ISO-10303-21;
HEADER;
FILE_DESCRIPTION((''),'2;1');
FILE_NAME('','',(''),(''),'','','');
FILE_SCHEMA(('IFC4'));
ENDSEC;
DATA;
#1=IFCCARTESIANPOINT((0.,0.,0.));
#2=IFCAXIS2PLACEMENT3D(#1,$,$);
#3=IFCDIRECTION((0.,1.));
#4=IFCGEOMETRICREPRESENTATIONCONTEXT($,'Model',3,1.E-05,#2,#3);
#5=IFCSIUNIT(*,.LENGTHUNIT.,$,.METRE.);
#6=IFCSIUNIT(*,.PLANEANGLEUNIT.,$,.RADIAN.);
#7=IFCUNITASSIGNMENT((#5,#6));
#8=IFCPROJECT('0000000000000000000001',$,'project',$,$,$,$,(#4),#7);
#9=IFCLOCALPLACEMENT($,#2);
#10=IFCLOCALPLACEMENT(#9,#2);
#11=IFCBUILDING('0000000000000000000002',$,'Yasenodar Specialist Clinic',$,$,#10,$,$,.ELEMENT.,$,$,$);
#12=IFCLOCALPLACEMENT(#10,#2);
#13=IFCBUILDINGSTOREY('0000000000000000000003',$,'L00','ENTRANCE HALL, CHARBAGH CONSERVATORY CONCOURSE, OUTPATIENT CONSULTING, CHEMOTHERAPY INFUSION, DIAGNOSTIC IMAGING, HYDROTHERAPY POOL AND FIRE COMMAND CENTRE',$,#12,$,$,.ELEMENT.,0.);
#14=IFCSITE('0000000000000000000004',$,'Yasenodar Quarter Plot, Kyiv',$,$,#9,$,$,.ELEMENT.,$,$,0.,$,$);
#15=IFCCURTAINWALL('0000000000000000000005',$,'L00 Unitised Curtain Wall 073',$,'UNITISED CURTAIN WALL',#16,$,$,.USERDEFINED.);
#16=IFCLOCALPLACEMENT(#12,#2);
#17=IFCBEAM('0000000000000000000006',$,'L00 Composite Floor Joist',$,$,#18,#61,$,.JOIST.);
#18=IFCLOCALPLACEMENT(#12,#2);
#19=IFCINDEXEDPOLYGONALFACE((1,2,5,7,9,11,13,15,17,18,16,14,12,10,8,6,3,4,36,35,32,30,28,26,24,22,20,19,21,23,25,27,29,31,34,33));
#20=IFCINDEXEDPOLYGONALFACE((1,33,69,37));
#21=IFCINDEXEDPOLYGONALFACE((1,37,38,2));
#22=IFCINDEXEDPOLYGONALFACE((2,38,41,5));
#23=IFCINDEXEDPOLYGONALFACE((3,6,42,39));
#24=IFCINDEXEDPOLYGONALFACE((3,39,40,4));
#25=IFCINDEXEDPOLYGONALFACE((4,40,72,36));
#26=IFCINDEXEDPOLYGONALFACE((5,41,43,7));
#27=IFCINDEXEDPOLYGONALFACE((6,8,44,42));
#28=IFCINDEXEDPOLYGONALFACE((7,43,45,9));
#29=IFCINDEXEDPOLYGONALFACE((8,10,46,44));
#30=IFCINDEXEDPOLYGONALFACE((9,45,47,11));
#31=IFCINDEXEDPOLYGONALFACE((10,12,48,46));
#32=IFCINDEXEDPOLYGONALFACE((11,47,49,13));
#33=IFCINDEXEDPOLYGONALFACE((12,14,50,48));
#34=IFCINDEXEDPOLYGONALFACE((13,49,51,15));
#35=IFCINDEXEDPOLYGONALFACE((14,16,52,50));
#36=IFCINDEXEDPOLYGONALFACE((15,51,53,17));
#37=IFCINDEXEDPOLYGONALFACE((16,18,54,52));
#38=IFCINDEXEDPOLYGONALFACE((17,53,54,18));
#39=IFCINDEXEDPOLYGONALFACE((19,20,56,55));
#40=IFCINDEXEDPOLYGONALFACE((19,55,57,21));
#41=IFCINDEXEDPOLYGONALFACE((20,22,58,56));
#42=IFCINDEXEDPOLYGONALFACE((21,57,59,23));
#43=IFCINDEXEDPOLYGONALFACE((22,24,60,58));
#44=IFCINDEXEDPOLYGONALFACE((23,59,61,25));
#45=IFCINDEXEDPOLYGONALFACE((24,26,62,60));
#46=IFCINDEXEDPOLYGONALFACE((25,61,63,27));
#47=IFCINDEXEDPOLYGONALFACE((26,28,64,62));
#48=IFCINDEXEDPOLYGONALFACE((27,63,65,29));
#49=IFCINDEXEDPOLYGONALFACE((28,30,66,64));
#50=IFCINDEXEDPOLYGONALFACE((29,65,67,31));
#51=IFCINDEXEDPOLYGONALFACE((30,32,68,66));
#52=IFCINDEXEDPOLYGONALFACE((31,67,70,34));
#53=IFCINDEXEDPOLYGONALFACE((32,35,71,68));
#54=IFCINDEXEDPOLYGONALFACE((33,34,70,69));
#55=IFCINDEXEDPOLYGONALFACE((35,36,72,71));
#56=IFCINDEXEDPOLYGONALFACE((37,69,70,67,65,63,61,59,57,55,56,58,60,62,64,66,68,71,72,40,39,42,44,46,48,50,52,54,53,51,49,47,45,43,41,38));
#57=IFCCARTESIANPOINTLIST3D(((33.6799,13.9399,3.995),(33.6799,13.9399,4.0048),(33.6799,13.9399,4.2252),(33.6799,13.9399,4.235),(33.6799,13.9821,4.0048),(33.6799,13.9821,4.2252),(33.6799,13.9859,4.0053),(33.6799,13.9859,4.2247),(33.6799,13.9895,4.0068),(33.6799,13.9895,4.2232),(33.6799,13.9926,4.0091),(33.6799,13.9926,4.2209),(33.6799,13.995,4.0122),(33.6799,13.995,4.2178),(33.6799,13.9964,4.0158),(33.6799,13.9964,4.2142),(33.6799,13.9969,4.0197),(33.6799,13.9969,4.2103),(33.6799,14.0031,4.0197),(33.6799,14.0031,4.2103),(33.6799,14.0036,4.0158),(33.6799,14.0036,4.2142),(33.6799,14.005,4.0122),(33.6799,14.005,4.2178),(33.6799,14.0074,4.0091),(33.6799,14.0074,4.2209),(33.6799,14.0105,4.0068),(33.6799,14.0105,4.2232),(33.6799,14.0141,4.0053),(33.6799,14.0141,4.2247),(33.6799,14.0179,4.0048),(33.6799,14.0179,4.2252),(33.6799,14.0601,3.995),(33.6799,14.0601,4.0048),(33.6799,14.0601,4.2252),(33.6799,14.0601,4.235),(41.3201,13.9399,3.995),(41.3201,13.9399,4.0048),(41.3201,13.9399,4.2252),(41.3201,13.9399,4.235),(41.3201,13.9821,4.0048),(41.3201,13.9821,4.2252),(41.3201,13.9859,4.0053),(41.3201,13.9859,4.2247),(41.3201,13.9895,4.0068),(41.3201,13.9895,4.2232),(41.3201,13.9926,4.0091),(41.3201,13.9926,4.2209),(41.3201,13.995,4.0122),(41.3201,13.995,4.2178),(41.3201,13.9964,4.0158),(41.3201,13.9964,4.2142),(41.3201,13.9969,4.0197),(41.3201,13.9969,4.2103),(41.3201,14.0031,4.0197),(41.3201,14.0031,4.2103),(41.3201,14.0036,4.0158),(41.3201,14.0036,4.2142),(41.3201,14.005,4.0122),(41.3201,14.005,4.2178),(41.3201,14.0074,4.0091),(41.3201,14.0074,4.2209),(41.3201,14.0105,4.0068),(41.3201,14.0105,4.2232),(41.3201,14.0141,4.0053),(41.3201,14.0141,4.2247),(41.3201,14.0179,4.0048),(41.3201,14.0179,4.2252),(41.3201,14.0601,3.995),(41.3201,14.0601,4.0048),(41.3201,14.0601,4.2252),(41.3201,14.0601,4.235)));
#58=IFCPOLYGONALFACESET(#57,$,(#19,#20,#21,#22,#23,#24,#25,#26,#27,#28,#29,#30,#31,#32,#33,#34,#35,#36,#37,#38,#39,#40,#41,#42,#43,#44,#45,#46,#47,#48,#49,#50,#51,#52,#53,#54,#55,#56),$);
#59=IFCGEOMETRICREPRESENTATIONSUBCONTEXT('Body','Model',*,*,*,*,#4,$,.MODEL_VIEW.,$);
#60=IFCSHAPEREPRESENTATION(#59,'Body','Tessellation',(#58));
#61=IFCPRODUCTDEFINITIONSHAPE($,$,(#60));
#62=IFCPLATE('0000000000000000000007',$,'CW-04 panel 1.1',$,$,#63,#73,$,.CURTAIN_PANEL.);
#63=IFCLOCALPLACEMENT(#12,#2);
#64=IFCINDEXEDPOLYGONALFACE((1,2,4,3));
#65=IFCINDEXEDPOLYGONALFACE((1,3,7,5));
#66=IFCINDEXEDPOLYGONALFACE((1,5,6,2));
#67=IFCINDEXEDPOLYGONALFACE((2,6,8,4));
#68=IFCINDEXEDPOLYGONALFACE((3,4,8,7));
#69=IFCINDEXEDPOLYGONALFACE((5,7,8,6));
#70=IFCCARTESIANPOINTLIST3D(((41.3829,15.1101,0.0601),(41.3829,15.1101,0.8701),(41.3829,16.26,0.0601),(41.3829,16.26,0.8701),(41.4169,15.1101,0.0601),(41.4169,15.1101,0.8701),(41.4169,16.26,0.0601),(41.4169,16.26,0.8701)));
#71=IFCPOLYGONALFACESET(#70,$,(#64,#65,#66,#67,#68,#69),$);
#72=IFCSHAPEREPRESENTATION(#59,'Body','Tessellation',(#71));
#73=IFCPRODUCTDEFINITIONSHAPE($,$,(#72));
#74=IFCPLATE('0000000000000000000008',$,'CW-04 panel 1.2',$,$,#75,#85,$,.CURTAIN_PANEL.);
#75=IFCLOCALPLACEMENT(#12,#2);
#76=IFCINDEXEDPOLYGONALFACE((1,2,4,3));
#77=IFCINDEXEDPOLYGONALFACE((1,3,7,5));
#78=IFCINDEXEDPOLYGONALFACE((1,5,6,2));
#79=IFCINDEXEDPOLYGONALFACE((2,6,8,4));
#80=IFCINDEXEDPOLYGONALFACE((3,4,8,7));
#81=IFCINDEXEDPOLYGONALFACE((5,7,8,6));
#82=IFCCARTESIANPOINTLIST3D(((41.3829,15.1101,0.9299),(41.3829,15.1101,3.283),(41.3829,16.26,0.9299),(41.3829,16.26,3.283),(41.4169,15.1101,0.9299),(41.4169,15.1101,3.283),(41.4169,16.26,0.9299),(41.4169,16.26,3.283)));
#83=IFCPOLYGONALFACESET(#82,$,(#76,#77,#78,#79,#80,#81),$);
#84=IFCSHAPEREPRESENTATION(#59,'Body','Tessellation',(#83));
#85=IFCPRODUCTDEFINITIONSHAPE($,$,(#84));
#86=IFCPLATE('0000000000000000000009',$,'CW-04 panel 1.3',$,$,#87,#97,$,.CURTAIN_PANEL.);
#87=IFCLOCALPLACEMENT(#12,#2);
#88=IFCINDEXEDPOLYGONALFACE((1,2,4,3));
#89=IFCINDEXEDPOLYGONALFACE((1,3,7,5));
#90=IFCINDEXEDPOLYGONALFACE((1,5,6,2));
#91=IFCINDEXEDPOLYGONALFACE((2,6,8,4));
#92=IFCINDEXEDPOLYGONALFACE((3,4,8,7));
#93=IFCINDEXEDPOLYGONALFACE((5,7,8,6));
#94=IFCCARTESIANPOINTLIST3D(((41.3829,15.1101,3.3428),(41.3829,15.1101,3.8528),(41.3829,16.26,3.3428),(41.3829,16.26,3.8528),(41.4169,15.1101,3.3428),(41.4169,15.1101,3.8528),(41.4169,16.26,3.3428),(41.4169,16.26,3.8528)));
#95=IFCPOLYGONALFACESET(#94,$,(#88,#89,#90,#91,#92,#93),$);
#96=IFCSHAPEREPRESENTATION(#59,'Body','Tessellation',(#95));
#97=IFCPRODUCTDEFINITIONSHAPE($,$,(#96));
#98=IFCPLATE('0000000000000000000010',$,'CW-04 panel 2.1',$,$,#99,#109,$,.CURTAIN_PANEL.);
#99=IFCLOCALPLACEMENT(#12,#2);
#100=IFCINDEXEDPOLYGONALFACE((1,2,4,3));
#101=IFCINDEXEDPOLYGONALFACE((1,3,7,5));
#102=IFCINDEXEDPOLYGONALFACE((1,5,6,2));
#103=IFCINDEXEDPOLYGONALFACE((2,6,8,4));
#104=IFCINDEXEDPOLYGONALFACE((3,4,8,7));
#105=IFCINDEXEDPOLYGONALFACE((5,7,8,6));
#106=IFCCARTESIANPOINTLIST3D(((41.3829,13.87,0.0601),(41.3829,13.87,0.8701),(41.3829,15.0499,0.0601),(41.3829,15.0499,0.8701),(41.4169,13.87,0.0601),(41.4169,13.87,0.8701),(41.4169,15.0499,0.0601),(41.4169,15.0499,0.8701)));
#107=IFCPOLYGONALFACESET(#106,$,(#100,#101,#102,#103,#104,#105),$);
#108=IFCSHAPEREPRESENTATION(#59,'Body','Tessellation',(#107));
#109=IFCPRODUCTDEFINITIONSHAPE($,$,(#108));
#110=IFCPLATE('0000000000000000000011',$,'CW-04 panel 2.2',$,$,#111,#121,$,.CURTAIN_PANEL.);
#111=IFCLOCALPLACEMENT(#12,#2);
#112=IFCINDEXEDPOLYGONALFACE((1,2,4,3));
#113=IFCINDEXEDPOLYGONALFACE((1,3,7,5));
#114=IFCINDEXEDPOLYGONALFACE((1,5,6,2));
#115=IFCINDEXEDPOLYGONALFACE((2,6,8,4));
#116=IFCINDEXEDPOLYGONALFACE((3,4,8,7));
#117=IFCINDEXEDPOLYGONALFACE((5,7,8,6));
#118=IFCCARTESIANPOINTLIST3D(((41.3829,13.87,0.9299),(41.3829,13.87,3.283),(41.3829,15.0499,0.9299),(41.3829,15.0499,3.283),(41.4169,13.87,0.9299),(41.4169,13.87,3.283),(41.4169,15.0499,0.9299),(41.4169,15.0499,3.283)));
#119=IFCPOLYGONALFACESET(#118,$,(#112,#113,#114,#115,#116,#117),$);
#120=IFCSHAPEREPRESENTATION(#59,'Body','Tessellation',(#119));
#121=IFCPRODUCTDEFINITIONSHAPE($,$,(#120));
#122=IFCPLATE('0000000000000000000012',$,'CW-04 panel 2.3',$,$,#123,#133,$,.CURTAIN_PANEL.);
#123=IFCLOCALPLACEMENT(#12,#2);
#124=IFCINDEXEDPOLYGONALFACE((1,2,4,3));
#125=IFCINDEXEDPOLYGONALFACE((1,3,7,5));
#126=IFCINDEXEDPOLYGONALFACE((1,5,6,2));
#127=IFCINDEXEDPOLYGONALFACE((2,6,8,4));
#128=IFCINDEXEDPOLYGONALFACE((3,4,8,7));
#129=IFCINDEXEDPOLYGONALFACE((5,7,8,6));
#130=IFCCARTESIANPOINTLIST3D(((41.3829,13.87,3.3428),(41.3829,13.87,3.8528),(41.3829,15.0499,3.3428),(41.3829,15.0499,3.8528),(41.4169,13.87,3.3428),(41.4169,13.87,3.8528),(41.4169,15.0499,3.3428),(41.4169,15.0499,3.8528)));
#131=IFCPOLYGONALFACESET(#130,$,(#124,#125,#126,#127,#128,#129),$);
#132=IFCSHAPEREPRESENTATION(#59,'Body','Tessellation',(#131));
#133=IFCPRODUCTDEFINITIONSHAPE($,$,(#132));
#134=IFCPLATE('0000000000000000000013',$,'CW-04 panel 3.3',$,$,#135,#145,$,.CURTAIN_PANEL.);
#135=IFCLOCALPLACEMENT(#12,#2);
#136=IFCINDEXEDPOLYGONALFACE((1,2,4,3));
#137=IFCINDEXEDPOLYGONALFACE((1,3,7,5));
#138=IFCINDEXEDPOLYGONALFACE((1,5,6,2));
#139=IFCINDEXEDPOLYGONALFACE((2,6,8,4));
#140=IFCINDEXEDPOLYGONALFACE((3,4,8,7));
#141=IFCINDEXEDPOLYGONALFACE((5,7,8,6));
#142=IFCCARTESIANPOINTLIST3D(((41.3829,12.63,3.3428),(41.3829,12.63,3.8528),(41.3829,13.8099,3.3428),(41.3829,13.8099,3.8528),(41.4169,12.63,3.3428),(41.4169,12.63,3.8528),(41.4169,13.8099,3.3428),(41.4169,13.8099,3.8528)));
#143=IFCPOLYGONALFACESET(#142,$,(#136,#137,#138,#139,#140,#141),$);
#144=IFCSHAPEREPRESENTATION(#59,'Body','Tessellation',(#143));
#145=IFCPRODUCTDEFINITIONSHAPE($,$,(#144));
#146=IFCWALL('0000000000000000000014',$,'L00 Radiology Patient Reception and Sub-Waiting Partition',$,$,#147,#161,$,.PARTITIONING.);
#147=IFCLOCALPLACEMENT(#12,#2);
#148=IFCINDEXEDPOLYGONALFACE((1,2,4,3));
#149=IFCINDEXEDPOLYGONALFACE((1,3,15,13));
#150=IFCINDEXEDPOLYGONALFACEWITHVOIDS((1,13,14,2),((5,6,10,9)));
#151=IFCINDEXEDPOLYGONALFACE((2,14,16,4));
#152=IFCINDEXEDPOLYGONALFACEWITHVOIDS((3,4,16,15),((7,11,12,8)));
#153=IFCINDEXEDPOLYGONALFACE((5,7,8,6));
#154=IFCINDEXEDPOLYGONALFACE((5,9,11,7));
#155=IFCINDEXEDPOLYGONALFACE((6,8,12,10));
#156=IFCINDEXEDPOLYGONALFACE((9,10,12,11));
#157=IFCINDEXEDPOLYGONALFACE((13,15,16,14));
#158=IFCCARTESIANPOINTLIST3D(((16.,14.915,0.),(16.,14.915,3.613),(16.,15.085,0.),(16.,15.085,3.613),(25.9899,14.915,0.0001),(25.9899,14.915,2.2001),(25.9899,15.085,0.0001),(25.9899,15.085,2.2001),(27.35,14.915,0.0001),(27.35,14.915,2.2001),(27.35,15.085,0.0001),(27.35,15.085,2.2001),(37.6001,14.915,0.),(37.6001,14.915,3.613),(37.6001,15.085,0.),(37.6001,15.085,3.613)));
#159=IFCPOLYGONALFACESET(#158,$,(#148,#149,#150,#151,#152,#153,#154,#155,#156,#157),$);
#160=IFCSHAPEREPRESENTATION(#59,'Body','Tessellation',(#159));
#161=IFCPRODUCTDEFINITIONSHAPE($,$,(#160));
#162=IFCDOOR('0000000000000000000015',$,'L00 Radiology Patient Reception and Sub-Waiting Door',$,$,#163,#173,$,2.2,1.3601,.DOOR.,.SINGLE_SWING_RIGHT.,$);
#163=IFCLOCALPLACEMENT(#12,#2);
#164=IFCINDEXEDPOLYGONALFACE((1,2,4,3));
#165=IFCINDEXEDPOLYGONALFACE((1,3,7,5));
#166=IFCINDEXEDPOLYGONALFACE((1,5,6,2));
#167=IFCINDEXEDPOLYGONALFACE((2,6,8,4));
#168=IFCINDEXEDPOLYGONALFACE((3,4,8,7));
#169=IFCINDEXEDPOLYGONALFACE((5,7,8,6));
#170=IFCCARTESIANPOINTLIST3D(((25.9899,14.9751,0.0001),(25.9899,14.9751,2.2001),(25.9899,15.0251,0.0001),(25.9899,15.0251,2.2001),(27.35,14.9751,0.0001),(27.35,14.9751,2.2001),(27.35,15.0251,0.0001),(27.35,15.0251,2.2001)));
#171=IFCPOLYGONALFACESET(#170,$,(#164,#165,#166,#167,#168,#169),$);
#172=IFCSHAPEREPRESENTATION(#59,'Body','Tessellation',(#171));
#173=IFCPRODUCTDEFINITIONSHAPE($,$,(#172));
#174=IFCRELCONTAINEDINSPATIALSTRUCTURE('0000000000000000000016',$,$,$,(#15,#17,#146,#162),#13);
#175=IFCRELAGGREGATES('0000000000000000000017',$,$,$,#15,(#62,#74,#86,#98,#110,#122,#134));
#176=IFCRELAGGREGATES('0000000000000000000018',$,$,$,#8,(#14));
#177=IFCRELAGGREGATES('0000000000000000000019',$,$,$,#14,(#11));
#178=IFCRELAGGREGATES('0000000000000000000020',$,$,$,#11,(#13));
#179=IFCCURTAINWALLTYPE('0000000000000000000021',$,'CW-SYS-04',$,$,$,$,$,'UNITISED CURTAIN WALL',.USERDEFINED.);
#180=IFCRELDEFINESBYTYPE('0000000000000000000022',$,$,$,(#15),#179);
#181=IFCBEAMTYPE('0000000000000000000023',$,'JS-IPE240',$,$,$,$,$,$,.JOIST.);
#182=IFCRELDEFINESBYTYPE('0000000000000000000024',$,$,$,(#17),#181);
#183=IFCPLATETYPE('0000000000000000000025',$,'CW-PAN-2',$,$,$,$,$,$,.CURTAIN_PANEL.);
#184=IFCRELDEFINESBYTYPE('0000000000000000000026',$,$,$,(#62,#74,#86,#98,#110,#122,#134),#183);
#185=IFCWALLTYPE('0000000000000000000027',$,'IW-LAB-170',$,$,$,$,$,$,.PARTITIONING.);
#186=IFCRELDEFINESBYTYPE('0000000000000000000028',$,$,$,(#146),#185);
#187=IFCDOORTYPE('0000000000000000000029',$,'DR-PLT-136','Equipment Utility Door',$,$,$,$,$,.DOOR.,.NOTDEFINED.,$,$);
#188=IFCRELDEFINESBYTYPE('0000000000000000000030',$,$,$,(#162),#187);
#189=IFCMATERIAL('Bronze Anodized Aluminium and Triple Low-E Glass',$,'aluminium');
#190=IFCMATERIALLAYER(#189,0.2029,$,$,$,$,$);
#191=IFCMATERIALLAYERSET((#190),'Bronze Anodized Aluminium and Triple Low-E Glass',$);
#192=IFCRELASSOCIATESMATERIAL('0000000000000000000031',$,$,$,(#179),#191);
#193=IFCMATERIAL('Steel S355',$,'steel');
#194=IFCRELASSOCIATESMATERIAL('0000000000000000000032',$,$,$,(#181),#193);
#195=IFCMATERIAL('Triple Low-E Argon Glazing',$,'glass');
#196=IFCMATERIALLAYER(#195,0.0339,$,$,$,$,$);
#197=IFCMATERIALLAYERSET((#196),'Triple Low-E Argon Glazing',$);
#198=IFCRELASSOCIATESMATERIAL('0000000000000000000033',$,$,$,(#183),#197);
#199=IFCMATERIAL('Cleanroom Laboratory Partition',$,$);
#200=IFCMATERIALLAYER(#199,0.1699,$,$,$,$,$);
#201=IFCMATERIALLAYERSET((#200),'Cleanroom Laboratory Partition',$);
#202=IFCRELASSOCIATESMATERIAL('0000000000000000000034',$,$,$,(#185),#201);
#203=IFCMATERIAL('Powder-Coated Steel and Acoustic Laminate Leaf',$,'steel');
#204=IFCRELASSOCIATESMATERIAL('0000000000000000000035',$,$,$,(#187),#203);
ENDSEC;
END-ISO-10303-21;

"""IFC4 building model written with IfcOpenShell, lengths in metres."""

from ifc_helpers import new_model, si_unit, direction, frame, frame_2d, origin, origin_2d, place, context, subcontext, project, spatial, rectangle, i_section, extrude, material, layer, layer_set, material_profile, profile_set, type_object, element, fill, aggregate, save


model = new_model("IFC4")

# Units and contexts
model_context = context("Model", 3, precision=1e-05, world=origin(), true_north=direction((0.0, 1.0)))
body_context = subcontext(model_context, "Body", "Model", "MODEL_VIEW")
ifc_project = project(units=[si_unit("LENGTHUNIT", "METRE"), si_unit("PLANEANGLEUNIT", "RADIAN")], contexts=[model_context])

# Site, building, storey
site_placement = place(None, origin())
site = spatial("IfcSite", under=ifc_project, at=site_placement, Name="Yasenodar Quarter Plot, Kyiv", CompositionType="ELEMENT", RefElevation=0.0)
building_placement = place(site_placement, origin())
building = spatial("IfcBuilding", under=site, at=building_placement, Name="Yasenodar Specialist Clinic", CompositionType="ELEMENT")
storey_placement = place(building_placement, origin())
storey = spatial("IfcBuildingStorey", under=building, at=storey_placement, Name="L00", Description="ENTRANCE HALL, CHARBAGH CONSERVATORY CONCOURSE, OUTPATIENT CONSULTING, CHEMOTHERAPY INFUSION, DIAGNOSTIC IMAGING, HYDROTHERAPY POOL AND FIRE COMMAND CENTRE", CompositionType="ELEMENT", Elevation=0.0)

# Curtain wall
ifc_material_1 = material(Name="Bronze Anodized Aluminium and Triple Low-E Glass", Category="aluminium")
ifc_layer_1 = layer(ifc_material_1, 0.2029)
ifc_layer_set_1 = layer_set([ifc_layer_1], Name="Bronze Anodized Aluminium and Triple Low-E Glass")
curtain_wall_type = type_object("IfcCurtainWallType", Name="CW-SYS-04", ElementType="UNITISED CURTAIN WALL", PredefinedType="USERDEFINED", material=ifc_layer_set_1)
curtain_wall_placement = place(storey_placement, origin())
curtain_wall = element("IfcCurtainWall", 1, at=curtain_wall_placement, inside=storey, type_object=curtain_wall_type, Name="L00 Unitised Curtain Wall 073", ObjectType="UNITISED CURTAIN WALL", PredefinedType="USERDEFINED")

# Beam
ifc_material_2 = material(Name="Steel S355", Category="steel")
ifc_material_profile_1 = material_profile(ifc_material_2, i_section(OverallWidth=0.1201, OverallDepth=0.24, WebThickness=0.0061, FlangeThickness=0.0098, FilletRadius=0.0149, at=origin_2d()), Name="IPE 240")
ifc_profile_set_1 = profile_set([ifc_material_profile_1], Name="Steel S355")
beam_type = type_object("IfcBeamType", Name="JS-IPE240", PredefinedType="JOIST", material=ifc_profile_set_1)
beam_placement = place(storey_placement, frame((33.6799, 14.0, 4.115), z_axis=(1.0, 0.0, 0.0), x_axis=(0.0, 1.0, 0.0)))
element("IfcBeam", 2, at=beam_placement, inside=storey, type_object=beam_type, Name="L00 Composite Floor Joist", PredefinedType="JOIST", context=body_context, shape_type="SweptSolid", body=[
    extrude(i_section(OverallWidth=0.1201, OverallDepth=0.24, WebThickness=0.0061, FlangeThickness=0.0098, FilletRadius=0.0149, at=origin_2d()), origin(), (0.0, 0.0, 1.0), 7.6401),
])

# Plates
ifc_material_3 = material(Name="Triple Low-E Argon Glazing", Category="glass")
ifc_layer_2 = layer(ifc_material_3, 0.0339)
ifc_layer_set_2 = layer_set([ifc_layer_2], Name="Triple Low-E Argon Glazing")
plate_type = type_object("IfcPlateType", Name="CW-PAN-2", PredefinedType="CURTAIN_PANEL", material=ifc_layer_set_2)
plate_1_placement = place(storey_placement, frame((41.3999, 15.6851, 0.0601), z_axis=(0.0, 0.0, 1.0), x_axis=(0.0, -1.0, 0.0)))
plate_1 = element("IfcPlate", 3, at=plate_1_placement, type_object=plate_type, Name="CW-04 panel 1.1", PredefinedType="CURTAIN_PANEL", context=body_context, shape_type="SweptSolid", body=[
    extrude(rectangle(XDim=1.1499, YDim=0.0339, at=origin_2d()), origin(), (0.0, 0.0, 1.0), 0.8101),
])
plate_2_placement = place(storey_placement, frame((41.3999, 15.6851, 0.9299), z_axis=(0.0, 0.0, 1.0), x_axis=(0.0, -1.0, 0.0)))
plate_2 = element("IfcPlate", 4, at=plate_2_placement, type_object=plate_type, Name="CW-04 panel 1.2", PredefinedType="CURTAIN_PANEL", context=body_context, shape_type="SweptSolid", body=[
    extrude(rectangle(XDim=1.1499, YDim=0.0339, at=origin_2d()), origin(), (0.0, 0.0, 1.0), 2.353),
])
plate_3_placement = place(storey_placement, frame((41.3999, 15.6851, 3.3428), z_axis=(0.0, 0.0, 1.0), x_axis=(0.0, -1.0, 0.0)))
plate_3 = element("IfcPlate", 5, at=plate_3_placement, type_object=plate_type, Name="CW-04 panel 1.3", PredefinedType="CURTAIN_PANEL", context=body_context, shape_type="SweptSolid", body=[
    extrude(rectangle(XDim=1.1499, YDim=0.0339, at=origin_2d()), origin(), (0.0, 0.0, 1.0), 0.51),
])
plate_4_placement = place(storey_placement, frame((41.3999, 14.46, 0.0601), z_axis=(0.0, 0.0, 1.0), x_axis=(0.0, -1.0, 0.0)))
plate_4 = element("IfcPlate", 6, at=plate_4_placement, type_object=plate_type, Name="CW-04 panel 2.1", PredefinedType="CURTAIN_PANEL", context=body_context, shape_type="SweptSolid", body=[
    extrude(rectangle(XDim=1.1799, YDim=0.0339, at=origin_2d()), origin(), (0.0, 0.0, 1.0), 0.8101),
])
plate_5_placement = place(storey_placement, frame((41.3999, 14.46, 0.9299), z_axis=(0.0, 0.0, 1.0), x_axis=(0.0, -1.0, 0.0)))
plate_5 = element("IfcPlate", 7, at=plate_5_placement, type_object=plate_type, Name="CW-04 panel 2.2", PredefinedType="CURTAIN_PANEL", context=body_context, shape_type="SweptSolid", body=[
    extrude(rectangle(XDim=1.1799, YDim=0.0339, at=origin_2d()), origin(), (0.0, 0.0, 1.0), 2.353),
])
plate_6_placement = place(storey_placement, frame((41.3999, 14.46, 3.3428), z_axis=(0.0, 0.0, 1.0), x_axis=(0.0, -1.0, 0.0)))
plate_6 = element("IfcPlate", 8, at=plate_6_placement, type_object=plate_type, Name="CW-04 panel 2.3", PredefinedType="CURTAIN_PANEL", context=body_context, shape_type="SweptSolid", body=[
    extrude(rectangle(XDim=1.1799, YDim=0.0339, at=origin_2d()), origin(), (0.0, 0.0, 1.0), 0.51),
])
plate_7_placement = place(storey_placement, frame((41.3999, 13.22, 3.3428), z_axis=(0.0, 0.0, 1.0), x_axis=(0.0, -1.0, 0.0)))
plate_7 = element("IfcPlate", 9, at=plate_7_placement, type_object=plate_type, Name="CW-04 panel 3.3", PredefinedType="CURTAIN_PANEL", context=body_context, shape_type="SweptSolid", body=[
    extrude(rectangle(XDim=1.1799, YDim=0.0339, at=origin_2d()), origin(), (0.0, 0.0, 1.0), 0.51),
])
aggregate(curtain_wall, [plate_1, plate_2, plate_3, plate_4, plate_5, plate_6, plate_7])

# Wall, opening, door
ifc_material_4 = material(Name="Cleanroom Laboratory Partition")
ifc_layer_3 = layer(ifc_material_4, 0.1699)
ifc_layer_set_3 = layer_set([ifc_layer_3], Name="Cleanroom Laboratory Partition")
wall_type = type_object("IfcWallType", Name="IW-LAB-170", PredefinedType="PARTITIONING", material=ifc_layer_set_3)
wall_placement = place(storey_placement, frame((37.6001, 15.0, 0.0), z_axis=(0.0, 0.0, 1.0), x_axis=(-1.0, 0.0, 0.0)))
wall = element("IfcWall", 10, at=wall_placement, inside=storey, type_object=wall_type, Name="L00 Radiology Patient Reception and Sub-Waiting Partition", PredefinedType="PARTITIONING", context=body_context, shape_type="SweptSolid", body=[
    extrude(rectangle(XDim=21.6001, YDim=0.1699, at=frame_2d((10.8, 0.0))), origin(), (0.0, 0.0, 1.0), 3.613),
])
opening_placement = place(wall_placement, frame((10.25, 0.0, 0.0)))
opening = element("IfcOpeningElement", 11, at=opening_placement, cuts=wall, PredefinedType="OPENING", context=body_context, shape_type="SweptSolid", body=[
    extrude(rectangle(XDim=1.3601, YDim=2.2, at=frame_2d((0.6802, 1.1001))), frame((0.0, 0.095, 0.0), z_axis=(0.0, -1.0, 0.0), x_axis=(1.0, 0.0, 0.0)), (0.0, 0.0, 1.0), 0.1899),
])
ifc_material_5 = material(Name="Powder-Coated Steel and Acoustic Laminate Leaf", Category="steel")
door_type = type_object("IfcDoorType", Name="DR-PLT-136", Description="Equipment Utility Door", OperationType="NOTDEFINED", PredefinedType="DOOR", material=ifc_material_5)
door_placement = place(opening_placement, origin())
door = element("IfcDoor", 12, at=door_placement, inside=storey, type_object=door_type, Name="L00 Radiology Patient Reception and Sub-Waiting Door", OperationType="SINGLE_SWING_RIGHT", OverallHeight=2.2, OverallWidth=1.3601, PredefinedType="DOOR", context=body_context, shape_type="SweptSolid", body=[
    extrude(rectangle(XDim=1.3601, YDim=2.2, at=frame_2d((0.6802, 1.1001))), frame((0.0, 0.0249, 0.0), z_axis=(0.0, -1.0, 0.0), x_axis=(1.0, 0.0, 0.0)), (0.0, 0.0, 1.0), 0.05),
])
fill(opening, door)

save(model, "model.ifc")
